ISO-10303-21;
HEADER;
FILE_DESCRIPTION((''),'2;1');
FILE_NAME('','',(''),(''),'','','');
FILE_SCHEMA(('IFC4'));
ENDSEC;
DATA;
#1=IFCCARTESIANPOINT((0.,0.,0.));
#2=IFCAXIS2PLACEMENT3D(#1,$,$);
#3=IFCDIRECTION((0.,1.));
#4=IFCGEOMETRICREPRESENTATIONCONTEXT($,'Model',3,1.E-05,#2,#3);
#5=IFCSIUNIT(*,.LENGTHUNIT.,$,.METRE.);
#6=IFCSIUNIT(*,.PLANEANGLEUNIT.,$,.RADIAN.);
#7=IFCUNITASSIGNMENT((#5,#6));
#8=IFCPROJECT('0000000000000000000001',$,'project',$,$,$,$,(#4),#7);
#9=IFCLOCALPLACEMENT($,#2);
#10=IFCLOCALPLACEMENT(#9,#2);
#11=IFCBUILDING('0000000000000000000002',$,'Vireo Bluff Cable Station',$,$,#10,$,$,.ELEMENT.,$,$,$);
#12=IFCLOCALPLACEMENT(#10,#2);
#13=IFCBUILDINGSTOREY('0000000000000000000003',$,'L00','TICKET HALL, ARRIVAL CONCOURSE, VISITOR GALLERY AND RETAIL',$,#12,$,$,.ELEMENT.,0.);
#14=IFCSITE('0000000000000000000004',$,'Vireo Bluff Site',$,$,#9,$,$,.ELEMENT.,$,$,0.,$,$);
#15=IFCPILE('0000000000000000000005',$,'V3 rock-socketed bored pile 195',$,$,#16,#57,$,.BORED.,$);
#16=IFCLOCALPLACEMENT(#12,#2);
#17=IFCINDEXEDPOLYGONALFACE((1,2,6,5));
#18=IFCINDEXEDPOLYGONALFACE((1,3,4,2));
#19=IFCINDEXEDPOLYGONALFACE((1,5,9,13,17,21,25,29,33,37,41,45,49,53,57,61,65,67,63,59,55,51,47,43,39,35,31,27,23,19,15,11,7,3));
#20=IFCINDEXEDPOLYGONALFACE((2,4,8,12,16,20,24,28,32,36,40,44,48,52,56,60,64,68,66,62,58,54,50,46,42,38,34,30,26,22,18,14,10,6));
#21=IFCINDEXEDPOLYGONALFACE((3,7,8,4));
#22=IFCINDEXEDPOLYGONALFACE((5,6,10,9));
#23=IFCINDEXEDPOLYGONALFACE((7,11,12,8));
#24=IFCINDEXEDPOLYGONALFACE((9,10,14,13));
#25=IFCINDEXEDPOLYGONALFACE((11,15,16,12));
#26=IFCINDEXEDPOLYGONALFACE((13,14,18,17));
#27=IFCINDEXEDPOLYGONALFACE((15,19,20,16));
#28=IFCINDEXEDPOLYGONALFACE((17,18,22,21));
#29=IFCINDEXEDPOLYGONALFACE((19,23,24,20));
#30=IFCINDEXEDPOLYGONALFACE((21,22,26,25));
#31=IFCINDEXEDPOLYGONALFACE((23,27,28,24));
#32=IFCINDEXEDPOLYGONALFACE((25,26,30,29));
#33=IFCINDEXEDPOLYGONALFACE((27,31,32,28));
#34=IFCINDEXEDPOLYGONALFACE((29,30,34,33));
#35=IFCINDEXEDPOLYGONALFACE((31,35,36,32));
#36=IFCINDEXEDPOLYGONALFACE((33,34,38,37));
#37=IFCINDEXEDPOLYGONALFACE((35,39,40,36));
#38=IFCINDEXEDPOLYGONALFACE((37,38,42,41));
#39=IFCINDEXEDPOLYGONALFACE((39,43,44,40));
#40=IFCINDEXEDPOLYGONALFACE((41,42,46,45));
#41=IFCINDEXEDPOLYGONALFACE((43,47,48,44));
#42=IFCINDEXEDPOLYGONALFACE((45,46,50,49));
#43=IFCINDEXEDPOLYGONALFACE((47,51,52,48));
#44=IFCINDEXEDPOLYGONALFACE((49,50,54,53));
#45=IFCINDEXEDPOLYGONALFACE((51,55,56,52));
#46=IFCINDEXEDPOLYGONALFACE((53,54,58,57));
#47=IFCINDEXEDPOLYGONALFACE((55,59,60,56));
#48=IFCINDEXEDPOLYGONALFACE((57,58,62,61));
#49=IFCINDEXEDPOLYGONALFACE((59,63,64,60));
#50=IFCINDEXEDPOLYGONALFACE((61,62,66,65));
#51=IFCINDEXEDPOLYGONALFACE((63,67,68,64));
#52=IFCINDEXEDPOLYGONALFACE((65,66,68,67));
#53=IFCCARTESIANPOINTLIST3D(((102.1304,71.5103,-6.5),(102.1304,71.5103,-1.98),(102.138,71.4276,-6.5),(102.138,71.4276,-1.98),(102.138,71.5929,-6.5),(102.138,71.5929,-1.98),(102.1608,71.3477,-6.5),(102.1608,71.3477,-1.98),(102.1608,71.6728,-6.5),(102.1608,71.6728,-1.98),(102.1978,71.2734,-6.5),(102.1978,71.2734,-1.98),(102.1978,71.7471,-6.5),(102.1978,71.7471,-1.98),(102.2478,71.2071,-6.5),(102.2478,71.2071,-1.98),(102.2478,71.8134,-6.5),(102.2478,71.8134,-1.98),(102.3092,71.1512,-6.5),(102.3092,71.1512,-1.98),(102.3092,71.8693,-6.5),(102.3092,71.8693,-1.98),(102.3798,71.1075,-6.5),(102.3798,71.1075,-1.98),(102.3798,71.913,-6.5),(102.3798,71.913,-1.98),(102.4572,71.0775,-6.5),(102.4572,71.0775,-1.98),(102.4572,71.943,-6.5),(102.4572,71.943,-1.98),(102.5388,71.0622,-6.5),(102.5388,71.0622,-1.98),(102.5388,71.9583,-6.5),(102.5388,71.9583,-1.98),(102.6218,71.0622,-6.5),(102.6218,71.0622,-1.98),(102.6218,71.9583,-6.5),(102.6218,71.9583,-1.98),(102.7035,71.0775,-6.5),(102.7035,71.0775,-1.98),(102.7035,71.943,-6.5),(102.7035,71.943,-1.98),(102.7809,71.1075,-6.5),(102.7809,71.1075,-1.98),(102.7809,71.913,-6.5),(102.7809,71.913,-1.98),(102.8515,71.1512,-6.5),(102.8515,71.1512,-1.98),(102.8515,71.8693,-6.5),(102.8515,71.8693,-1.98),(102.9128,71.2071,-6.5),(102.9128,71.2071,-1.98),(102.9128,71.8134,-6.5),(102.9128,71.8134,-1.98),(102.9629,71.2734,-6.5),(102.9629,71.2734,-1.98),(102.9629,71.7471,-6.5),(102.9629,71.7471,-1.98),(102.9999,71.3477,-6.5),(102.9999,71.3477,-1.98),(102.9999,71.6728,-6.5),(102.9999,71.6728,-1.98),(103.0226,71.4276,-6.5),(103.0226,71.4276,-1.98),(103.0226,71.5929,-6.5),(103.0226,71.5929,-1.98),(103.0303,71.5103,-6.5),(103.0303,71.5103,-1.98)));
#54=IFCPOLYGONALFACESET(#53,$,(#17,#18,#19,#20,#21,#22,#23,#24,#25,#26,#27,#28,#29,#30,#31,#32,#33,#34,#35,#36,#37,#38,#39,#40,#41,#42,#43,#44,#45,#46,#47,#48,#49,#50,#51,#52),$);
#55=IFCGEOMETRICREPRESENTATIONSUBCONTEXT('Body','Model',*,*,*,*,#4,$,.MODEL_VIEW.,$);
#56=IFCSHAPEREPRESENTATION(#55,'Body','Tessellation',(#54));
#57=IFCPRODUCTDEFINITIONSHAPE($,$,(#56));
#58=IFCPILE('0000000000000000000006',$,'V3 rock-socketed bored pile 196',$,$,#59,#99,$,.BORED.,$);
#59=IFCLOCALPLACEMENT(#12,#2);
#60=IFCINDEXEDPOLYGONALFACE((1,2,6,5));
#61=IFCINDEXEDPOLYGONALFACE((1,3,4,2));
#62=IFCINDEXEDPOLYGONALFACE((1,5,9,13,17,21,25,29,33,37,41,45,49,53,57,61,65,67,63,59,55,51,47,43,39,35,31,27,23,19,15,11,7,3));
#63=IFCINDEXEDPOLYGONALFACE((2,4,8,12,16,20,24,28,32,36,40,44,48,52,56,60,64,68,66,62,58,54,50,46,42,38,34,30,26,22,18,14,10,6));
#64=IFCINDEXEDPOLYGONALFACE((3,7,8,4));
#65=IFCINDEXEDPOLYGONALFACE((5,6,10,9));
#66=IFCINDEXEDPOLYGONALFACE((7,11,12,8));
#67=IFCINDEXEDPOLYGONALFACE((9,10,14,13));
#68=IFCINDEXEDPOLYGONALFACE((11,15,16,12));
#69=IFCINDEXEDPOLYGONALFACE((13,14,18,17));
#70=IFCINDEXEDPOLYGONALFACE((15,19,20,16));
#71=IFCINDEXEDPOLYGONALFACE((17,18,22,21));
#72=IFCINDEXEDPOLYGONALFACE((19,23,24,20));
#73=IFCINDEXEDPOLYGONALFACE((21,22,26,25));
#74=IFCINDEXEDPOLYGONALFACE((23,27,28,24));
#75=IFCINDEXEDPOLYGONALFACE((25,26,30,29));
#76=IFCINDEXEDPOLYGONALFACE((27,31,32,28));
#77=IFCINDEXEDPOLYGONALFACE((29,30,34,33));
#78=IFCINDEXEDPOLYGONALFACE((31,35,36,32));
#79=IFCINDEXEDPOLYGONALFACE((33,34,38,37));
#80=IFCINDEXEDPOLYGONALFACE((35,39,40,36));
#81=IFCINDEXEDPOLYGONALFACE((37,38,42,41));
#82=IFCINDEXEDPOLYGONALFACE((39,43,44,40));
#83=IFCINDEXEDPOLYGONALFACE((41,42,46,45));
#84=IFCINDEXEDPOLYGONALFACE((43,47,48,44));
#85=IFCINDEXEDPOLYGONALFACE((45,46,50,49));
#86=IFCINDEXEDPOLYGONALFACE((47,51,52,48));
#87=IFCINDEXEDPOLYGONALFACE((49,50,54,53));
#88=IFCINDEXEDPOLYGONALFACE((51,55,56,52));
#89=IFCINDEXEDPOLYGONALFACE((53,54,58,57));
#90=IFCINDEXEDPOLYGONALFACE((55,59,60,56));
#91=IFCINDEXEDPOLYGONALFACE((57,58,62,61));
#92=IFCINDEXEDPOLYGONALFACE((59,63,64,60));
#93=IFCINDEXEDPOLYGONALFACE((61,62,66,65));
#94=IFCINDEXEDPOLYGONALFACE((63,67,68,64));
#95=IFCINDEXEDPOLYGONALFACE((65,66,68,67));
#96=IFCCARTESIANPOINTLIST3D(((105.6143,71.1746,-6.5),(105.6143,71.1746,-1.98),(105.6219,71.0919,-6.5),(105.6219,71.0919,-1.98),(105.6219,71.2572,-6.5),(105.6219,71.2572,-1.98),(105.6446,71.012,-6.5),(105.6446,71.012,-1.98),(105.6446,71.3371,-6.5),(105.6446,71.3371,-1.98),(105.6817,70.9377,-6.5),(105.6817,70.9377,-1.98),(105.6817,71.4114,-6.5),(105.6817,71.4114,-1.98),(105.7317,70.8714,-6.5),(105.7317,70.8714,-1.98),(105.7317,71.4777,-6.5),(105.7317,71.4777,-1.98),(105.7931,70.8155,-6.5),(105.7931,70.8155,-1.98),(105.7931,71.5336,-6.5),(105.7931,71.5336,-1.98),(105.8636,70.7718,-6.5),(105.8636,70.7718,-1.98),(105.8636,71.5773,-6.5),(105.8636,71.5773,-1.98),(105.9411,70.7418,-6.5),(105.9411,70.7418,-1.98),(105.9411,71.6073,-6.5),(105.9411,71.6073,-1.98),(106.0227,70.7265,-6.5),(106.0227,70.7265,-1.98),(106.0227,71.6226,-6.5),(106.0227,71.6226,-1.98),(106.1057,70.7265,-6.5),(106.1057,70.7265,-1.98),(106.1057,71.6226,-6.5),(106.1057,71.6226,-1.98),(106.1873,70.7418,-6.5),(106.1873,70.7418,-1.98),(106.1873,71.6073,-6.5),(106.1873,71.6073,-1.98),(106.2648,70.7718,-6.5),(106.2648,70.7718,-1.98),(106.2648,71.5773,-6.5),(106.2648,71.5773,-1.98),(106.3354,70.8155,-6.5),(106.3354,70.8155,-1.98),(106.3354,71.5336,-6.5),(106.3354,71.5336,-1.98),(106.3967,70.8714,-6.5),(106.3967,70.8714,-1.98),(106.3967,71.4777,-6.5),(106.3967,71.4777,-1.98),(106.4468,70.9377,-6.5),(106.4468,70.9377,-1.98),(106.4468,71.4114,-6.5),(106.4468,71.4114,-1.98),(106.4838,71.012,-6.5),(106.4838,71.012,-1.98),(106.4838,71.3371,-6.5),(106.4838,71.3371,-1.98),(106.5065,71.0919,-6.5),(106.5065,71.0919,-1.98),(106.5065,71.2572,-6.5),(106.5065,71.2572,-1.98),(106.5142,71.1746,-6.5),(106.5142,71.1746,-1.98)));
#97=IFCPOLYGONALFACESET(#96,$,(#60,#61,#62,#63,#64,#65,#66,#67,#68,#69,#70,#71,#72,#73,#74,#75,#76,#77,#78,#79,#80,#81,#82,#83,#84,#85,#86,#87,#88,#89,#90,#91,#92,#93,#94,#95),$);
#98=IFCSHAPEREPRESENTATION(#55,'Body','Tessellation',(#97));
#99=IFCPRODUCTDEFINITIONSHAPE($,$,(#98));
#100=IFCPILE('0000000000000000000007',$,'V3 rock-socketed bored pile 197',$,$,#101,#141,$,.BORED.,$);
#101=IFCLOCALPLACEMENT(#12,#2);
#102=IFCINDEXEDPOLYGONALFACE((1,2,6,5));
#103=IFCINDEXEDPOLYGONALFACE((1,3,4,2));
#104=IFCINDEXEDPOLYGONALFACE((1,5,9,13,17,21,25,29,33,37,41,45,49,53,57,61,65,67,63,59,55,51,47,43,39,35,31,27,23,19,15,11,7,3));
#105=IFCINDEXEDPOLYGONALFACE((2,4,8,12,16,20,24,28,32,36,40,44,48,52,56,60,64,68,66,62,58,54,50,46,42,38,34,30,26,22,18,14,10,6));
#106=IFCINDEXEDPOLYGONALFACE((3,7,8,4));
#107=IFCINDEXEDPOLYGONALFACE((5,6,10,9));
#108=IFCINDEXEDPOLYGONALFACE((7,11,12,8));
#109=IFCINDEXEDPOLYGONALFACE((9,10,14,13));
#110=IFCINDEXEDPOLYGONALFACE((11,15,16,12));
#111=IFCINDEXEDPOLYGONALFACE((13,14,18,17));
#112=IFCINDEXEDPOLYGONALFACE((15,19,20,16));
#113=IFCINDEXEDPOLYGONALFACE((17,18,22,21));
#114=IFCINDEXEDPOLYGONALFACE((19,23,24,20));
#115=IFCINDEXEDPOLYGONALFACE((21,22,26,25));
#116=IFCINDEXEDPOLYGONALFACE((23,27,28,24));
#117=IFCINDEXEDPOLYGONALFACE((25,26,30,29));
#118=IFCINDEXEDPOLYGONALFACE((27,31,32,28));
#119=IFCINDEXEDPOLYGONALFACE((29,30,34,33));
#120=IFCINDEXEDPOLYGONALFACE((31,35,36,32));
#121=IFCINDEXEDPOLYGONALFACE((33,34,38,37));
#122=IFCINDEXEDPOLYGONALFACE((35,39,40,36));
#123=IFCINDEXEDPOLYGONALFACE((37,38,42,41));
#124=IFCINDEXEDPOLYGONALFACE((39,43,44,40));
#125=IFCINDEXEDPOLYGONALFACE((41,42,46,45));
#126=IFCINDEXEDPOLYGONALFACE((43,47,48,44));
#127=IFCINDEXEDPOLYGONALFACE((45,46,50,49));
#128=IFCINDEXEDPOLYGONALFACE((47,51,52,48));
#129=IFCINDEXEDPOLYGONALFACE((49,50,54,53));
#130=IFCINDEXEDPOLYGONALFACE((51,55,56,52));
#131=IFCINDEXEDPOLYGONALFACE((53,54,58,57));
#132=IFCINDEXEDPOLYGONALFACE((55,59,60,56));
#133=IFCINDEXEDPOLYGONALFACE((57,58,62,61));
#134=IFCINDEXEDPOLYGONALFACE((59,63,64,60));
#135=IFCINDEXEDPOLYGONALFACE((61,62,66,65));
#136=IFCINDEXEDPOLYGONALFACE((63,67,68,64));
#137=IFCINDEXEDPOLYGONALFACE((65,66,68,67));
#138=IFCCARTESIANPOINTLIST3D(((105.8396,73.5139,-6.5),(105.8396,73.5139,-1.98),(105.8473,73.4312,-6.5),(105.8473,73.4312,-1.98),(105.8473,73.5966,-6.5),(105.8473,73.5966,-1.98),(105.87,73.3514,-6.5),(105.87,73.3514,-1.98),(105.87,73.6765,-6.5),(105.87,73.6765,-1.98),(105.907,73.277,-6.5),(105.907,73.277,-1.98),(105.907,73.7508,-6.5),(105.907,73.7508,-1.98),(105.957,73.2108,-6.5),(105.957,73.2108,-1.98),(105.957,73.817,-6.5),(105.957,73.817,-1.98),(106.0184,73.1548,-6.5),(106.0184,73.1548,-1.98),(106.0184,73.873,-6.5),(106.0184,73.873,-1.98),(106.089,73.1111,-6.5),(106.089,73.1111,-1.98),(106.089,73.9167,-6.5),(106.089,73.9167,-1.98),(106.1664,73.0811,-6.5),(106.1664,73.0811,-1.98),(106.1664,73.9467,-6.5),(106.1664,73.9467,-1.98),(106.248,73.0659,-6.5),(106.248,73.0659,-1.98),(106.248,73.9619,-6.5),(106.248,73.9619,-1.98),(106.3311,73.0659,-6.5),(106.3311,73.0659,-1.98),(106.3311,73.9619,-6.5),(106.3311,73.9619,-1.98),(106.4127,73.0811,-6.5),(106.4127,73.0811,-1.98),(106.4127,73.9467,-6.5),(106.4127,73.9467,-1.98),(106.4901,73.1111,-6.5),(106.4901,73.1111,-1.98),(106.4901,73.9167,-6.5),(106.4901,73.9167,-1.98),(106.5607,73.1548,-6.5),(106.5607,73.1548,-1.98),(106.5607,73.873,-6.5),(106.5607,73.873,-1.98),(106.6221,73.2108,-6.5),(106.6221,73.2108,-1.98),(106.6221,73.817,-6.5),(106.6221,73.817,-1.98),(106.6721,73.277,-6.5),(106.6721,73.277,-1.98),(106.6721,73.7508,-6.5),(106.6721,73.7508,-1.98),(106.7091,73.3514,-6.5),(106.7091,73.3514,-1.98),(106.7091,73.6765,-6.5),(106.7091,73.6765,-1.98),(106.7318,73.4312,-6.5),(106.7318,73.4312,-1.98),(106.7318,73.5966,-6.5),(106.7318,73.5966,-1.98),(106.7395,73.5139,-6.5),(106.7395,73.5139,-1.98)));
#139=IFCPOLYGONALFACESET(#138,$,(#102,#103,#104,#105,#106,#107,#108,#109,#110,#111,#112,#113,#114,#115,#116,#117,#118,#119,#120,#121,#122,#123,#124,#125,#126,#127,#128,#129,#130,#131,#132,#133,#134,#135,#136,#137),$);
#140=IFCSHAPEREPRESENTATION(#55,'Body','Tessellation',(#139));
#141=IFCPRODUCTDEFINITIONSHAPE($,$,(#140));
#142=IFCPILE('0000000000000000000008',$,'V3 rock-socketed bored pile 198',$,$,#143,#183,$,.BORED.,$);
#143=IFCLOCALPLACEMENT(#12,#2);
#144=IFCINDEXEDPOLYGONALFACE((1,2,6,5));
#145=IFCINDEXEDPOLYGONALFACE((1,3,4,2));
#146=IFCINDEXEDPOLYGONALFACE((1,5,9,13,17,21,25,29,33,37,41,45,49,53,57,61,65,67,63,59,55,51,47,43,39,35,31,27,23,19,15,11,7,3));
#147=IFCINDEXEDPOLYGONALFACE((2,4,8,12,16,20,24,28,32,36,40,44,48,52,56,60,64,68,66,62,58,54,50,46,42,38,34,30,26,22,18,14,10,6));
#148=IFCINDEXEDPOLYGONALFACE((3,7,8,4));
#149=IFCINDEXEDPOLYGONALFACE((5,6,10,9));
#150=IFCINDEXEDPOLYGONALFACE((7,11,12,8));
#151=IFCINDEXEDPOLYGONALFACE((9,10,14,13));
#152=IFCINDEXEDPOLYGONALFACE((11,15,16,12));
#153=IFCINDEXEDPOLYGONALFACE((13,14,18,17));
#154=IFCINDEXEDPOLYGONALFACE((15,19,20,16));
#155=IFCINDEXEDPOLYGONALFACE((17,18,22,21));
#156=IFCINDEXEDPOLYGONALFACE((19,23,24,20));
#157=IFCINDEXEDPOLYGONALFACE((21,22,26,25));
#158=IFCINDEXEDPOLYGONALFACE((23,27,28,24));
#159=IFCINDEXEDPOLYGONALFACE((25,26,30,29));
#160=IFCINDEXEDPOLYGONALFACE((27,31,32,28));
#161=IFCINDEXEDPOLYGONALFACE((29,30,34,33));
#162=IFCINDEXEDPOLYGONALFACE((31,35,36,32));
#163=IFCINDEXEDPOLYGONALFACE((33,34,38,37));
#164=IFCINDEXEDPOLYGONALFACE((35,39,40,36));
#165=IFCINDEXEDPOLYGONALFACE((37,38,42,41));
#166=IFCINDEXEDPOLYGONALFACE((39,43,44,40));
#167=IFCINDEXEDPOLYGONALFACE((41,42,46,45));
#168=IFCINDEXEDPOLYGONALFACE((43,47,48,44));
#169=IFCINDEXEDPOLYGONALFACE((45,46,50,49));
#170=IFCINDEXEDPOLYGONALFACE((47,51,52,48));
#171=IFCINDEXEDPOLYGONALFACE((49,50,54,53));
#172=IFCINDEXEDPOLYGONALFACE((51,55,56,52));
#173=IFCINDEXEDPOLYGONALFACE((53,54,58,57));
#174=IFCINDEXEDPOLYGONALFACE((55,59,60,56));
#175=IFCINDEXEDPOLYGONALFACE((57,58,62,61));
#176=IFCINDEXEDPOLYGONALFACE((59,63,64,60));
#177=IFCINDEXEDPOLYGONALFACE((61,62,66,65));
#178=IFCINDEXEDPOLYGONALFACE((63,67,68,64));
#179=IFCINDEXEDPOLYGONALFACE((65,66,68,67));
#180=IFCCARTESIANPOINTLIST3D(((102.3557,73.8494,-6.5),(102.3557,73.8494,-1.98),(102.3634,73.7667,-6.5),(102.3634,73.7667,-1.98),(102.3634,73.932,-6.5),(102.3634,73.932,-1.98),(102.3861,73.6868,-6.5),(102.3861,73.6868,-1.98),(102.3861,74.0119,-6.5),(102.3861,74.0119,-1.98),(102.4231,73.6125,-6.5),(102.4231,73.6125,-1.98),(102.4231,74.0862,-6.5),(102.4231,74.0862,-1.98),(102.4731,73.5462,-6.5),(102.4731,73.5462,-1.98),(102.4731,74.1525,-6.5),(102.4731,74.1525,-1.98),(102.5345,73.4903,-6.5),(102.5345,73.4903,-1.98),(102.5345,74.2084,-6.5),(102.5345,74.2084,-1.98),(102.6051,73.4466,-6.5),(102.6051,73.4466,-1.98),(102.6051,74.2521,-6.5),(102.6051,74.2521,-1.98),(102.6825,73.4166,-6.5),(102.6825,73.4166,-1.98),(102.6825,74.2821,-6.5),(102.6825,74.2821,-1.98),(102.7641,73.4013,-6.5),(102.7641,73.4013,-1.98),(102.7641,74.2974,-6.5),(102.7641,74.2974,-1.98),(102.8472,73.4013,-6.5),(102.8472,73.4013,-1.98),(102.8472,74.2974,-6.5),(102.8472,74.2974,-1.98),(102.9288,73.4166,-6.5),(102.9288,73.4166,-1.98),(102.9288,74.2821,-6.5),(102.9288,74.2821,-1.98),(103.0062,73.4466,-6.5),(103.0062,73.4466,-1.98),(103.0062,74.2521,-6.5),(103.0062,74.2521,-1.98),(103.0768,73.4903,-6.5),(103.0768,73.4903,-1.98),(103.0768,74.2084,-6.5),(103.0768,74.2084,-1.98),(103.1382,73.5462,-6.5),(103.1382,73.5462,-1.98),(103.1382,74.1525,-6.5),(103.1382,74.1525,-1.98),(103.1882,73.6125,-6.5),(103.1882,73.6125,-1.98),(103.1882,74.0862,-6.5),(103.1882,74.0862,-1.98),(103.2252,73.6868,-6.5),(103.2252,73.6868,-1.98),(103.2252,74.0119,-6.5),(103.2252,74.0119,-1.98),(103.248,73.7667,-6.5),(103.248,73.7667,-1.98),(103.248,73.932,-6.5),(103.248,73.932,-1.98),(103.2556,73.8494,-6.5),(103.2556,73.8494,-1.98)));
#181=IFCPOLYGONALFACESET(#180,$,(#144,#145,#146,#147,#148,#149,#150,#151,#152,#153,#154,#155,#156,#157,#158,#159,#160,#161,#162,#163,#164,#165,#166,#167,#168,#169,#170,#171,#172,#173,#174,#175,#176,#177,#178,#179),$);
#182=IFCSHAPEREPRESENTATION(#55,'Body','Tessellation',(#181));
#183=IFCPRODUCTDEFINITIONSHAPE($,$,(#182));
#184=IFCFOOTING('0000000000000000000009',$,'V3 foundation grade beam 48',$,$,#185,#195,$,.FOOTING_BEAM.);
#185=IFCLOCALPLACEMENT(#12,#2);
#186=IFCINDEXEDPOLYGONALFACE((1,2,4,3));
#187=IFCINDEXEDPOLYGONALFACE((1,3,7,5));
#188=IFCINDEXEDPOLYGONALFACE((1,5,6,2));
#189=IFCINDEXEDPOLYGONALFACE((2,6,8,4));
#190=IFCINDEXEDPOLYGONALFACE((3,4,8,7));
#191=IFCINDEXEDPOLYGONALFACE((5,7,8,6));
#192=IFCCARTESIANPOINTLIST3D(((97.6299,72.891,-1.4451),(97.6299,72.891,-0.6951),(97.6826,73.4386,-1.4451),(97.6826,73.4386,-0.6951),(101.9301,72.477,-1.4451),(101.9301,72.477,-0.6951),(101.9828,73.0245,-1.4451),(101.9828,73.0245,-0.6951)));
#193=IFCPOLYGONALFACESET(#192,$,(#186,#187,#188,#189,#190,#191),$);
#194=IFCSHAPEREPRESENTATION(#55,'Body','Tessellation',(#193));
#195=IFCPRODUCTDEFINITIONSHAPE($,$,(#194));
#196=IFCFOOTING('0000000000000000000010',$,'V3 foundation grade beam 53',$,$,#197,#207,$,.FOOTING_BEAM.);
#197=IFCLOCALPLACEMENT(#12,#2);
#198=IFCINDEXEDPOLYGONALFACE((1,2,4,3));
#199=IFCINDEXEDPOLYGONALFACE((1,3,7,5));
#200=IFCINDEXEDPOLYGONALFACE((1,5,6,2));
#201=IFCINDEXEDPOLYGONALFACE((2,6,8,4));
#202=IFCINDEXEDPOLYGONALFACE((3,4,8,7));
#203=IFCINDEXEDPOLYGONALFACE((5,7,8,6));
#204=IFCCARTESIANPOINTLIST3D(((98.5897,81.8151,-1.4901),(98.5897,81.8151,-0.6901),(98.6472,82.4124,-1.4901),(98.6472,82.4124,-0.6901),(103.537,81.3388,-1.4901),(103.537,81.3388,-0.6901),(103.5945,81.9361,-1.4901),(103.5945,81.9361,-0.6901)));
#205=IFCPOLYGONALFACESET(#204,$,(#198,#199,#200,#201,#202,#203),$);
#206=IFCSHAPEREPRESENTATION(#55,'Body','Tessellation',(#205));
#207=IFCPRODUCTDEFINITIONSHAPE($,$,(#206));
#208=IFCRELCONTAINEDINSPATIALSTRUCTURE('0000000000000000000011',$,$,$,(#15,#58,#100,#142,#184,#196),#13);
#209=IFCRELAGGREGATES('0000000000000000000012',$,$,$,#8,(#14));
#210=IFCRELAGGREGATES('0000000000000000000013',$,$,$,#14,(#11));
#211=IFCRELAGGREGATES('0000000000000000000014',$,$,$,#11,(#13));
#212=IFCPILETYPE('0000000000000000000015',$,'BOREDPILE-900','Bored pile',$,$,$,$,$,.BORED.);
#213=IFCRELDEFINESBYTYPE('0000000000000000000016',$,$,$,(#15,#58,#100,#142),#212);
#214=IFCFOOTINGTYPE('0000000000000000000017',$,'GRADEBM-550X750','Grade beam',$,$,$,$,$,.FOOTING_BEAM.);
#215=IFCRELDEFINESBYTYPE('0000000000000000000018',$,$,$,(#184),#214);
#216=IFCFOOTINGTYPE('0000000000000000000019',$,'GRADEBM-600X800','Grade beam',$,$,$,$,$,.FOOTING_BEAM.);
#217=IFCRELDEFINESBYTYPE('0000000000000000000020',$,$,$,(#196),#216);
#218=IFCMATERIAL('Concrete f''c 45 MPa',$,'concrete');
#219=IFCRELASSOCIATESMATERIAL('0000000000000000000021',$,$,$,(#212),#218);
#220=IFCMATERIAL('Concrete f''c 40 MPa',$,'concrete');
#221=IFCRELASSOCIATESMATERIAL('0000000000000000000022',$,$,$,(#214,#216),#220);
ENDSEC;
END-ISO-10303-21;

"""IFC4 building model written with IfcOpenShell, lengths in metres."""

from ifc_helpers import new_model, si_unit, direction, frame, origin, origin_2d, place, context, subcontext, project, spatial, rectangle, circle, extrude, material, material_profile, profile_set, type_object, element, save


model = new_model("IFC4")

# Units and contexts
model_context = context("Model", 3, precision=1e-05, world=origin(), true_north=direction((0.0, 1.0)))
body_context = subcontext(model_context, "Body", "Model", "MODEL_VIEW")
ifc_project = project(units=[si_unit("LENGTHUNIT", "METRE"), si_unit("PLANEANGLEUNIT", "RADIAN")], contexts=[model_context])

# Site, building, storey
site_placement = place(None, origin())
site = spatial("IfcSite", under=ifc_project, at=site_placement, Name="Vireo Bluff Site", CompositionType="ELEMENT", RefElevation=0.0)
building_placement = place(site_placement, origin())
building = spatial("IfcBuilding", under=site, at=building_placement, Name="Vireo Bluff Cable Station", CompositionType="ELEMENT")
storey_placement = place(building_placement, origin())
storey = spatial("IfcBuildingStorey", under=building, at=storey_placement, Name="L00", Description="TICKET HALL, ARRIVAL CONCOURSE, VISITOR GALLERY AND RETAIL", CompositionType="ELEMENT", Elevation=0.0)

# Piles
ifc_material_1 = material(Name="Concrete f'c 45 MPa", Category="concrete")
ifc_material_profile_1 = material_profile(ifc_material_1, circle(Radius=0.45, at=origin_2d()), Name="BOREDPILE-900")
ifc_profile_set_1 = profile_set([ifc_material_profile_1], Name="Concrete f'c 45 MPa")
pile_type_1 = type_object("IfcPileType", Name="BOREDPILE-900", Description="Bored pile", PredefinedType="BORED", material=ifc_profile_set_1)
for number, where, z_axis, x_axis, name in (
    (1, (102.5803, 71.5103, -1.98), (0.0, 0.0, -1.0), (1.0, 0.0, 0.0), "V3 rock-socketed bored pile 195"),
    (2, (106.0642, 71.1746, -1.98), (0.0, 0.0, -1.0), (1.0, 0.0, 0.0), "V3 rock-socketed bored pile 196"),
    (3, (106.2896, 73.5139, -1.98), (0.0, 0.0, -1.0), (1.0, 0.0, 0.0), "V3 rock-socketed bored pile 197"),
    (4, (102.8057, 73.8494, -1.98), (0.0, 0.0, -1.0), (1.0, 0.0, 0.0), "V3 rock-socketed bored pile 198"),
):
    element("IfcPile", number, at=place(storey_placement, frame(where, z_axis=z_axis, x_axis=x_axis)), inside=storey, type_object=pile_type_1, Name=name, PredefinedType="BORED", context=body_context, shape_type="SweptSolid", body=[
        extrude(circle(Radius=0.45, at=origin_2d()), origin(), (0.0, 0.0, 1.0), 4.52),
    ])

# Footings
ifc_material_2 = material(Name="Concrete f'c 40 MPa", Category="concrete")
ifc_material_profile_2 = material_profile(ifc_material_2, rectangle(XDim=0.55, YDim=0.75, at=origin_2d()), Name="GRADEBM-550X750")
ifc_profile_set_2 = profile_set([ifc_material_profile_2], Name="Concrete f'c 40 MPa")
footing_type_1 = type_object("IfcFootingType", Name="GRADEBM-550X750", Description="Grade beam", PredefinedType="FOOTING_BEAM", material=ifc_profile_set_2)
footing_1_placement = place(storey_placement, frame((97.6562, 73.1648, -1.0701), z_axis=(0.995396, -0.095844, 0.0), x_axis=(0.095844, 0.995396, 0.0)))
element("IfcFooting", 5, at=footing_1_placement, inside=storey, type_object=footing_type_1, Name="V3 foundation grade beam 48", PredefinedType="FOOTING_BEAM", context=body_context, shape_type="SweptSolid", body=[
    extrude(rectangle(XDim=0.55, YDim=0.75, at=origin_2d()), origin(), (0.0, 0.0, 1.0), 4.3201),
])
ifc_material_profile_3 = material_profile(ifc_material_2, rectangle(XDim=0.6001, YDim=0.8, at=origin_2d()), Name="GRADEBM-600X800")
ifc_profile_set_3 = profile_set([ifc_material_profile_3], Name="Concrete f'c 40 MPa")
footing_type_2 = type_object("IfcFootingType", Name="GRADEBM-600X800", Description="Grade beam", PredefinedType="FOOTING_BEAM", material=ifc_profile_set_3)
footing_2_placement = place(storey_placement, frame((98.6184, 82.1138, -1.0901), z_axis=(0.995397, -0.095836, 0.0), x_axis=(0.095836, 0.995397, 0.0)))
element("IfcFooting", 6, at=footing_2_placement, inside=storey, type_object=footing_type_2, Name="V3 foundation grade beam 53", PredefinedType="FOOTING_BEAM", context=body_context, shape_type="SweptSolid", body=[
    extrude(rectangle(XDim=0.6001, YDim=0.8, at=origin_2d()), origin(), (0.0, 0.0, 1.0), 4.9702),
])

save(model, "model.ifc")
